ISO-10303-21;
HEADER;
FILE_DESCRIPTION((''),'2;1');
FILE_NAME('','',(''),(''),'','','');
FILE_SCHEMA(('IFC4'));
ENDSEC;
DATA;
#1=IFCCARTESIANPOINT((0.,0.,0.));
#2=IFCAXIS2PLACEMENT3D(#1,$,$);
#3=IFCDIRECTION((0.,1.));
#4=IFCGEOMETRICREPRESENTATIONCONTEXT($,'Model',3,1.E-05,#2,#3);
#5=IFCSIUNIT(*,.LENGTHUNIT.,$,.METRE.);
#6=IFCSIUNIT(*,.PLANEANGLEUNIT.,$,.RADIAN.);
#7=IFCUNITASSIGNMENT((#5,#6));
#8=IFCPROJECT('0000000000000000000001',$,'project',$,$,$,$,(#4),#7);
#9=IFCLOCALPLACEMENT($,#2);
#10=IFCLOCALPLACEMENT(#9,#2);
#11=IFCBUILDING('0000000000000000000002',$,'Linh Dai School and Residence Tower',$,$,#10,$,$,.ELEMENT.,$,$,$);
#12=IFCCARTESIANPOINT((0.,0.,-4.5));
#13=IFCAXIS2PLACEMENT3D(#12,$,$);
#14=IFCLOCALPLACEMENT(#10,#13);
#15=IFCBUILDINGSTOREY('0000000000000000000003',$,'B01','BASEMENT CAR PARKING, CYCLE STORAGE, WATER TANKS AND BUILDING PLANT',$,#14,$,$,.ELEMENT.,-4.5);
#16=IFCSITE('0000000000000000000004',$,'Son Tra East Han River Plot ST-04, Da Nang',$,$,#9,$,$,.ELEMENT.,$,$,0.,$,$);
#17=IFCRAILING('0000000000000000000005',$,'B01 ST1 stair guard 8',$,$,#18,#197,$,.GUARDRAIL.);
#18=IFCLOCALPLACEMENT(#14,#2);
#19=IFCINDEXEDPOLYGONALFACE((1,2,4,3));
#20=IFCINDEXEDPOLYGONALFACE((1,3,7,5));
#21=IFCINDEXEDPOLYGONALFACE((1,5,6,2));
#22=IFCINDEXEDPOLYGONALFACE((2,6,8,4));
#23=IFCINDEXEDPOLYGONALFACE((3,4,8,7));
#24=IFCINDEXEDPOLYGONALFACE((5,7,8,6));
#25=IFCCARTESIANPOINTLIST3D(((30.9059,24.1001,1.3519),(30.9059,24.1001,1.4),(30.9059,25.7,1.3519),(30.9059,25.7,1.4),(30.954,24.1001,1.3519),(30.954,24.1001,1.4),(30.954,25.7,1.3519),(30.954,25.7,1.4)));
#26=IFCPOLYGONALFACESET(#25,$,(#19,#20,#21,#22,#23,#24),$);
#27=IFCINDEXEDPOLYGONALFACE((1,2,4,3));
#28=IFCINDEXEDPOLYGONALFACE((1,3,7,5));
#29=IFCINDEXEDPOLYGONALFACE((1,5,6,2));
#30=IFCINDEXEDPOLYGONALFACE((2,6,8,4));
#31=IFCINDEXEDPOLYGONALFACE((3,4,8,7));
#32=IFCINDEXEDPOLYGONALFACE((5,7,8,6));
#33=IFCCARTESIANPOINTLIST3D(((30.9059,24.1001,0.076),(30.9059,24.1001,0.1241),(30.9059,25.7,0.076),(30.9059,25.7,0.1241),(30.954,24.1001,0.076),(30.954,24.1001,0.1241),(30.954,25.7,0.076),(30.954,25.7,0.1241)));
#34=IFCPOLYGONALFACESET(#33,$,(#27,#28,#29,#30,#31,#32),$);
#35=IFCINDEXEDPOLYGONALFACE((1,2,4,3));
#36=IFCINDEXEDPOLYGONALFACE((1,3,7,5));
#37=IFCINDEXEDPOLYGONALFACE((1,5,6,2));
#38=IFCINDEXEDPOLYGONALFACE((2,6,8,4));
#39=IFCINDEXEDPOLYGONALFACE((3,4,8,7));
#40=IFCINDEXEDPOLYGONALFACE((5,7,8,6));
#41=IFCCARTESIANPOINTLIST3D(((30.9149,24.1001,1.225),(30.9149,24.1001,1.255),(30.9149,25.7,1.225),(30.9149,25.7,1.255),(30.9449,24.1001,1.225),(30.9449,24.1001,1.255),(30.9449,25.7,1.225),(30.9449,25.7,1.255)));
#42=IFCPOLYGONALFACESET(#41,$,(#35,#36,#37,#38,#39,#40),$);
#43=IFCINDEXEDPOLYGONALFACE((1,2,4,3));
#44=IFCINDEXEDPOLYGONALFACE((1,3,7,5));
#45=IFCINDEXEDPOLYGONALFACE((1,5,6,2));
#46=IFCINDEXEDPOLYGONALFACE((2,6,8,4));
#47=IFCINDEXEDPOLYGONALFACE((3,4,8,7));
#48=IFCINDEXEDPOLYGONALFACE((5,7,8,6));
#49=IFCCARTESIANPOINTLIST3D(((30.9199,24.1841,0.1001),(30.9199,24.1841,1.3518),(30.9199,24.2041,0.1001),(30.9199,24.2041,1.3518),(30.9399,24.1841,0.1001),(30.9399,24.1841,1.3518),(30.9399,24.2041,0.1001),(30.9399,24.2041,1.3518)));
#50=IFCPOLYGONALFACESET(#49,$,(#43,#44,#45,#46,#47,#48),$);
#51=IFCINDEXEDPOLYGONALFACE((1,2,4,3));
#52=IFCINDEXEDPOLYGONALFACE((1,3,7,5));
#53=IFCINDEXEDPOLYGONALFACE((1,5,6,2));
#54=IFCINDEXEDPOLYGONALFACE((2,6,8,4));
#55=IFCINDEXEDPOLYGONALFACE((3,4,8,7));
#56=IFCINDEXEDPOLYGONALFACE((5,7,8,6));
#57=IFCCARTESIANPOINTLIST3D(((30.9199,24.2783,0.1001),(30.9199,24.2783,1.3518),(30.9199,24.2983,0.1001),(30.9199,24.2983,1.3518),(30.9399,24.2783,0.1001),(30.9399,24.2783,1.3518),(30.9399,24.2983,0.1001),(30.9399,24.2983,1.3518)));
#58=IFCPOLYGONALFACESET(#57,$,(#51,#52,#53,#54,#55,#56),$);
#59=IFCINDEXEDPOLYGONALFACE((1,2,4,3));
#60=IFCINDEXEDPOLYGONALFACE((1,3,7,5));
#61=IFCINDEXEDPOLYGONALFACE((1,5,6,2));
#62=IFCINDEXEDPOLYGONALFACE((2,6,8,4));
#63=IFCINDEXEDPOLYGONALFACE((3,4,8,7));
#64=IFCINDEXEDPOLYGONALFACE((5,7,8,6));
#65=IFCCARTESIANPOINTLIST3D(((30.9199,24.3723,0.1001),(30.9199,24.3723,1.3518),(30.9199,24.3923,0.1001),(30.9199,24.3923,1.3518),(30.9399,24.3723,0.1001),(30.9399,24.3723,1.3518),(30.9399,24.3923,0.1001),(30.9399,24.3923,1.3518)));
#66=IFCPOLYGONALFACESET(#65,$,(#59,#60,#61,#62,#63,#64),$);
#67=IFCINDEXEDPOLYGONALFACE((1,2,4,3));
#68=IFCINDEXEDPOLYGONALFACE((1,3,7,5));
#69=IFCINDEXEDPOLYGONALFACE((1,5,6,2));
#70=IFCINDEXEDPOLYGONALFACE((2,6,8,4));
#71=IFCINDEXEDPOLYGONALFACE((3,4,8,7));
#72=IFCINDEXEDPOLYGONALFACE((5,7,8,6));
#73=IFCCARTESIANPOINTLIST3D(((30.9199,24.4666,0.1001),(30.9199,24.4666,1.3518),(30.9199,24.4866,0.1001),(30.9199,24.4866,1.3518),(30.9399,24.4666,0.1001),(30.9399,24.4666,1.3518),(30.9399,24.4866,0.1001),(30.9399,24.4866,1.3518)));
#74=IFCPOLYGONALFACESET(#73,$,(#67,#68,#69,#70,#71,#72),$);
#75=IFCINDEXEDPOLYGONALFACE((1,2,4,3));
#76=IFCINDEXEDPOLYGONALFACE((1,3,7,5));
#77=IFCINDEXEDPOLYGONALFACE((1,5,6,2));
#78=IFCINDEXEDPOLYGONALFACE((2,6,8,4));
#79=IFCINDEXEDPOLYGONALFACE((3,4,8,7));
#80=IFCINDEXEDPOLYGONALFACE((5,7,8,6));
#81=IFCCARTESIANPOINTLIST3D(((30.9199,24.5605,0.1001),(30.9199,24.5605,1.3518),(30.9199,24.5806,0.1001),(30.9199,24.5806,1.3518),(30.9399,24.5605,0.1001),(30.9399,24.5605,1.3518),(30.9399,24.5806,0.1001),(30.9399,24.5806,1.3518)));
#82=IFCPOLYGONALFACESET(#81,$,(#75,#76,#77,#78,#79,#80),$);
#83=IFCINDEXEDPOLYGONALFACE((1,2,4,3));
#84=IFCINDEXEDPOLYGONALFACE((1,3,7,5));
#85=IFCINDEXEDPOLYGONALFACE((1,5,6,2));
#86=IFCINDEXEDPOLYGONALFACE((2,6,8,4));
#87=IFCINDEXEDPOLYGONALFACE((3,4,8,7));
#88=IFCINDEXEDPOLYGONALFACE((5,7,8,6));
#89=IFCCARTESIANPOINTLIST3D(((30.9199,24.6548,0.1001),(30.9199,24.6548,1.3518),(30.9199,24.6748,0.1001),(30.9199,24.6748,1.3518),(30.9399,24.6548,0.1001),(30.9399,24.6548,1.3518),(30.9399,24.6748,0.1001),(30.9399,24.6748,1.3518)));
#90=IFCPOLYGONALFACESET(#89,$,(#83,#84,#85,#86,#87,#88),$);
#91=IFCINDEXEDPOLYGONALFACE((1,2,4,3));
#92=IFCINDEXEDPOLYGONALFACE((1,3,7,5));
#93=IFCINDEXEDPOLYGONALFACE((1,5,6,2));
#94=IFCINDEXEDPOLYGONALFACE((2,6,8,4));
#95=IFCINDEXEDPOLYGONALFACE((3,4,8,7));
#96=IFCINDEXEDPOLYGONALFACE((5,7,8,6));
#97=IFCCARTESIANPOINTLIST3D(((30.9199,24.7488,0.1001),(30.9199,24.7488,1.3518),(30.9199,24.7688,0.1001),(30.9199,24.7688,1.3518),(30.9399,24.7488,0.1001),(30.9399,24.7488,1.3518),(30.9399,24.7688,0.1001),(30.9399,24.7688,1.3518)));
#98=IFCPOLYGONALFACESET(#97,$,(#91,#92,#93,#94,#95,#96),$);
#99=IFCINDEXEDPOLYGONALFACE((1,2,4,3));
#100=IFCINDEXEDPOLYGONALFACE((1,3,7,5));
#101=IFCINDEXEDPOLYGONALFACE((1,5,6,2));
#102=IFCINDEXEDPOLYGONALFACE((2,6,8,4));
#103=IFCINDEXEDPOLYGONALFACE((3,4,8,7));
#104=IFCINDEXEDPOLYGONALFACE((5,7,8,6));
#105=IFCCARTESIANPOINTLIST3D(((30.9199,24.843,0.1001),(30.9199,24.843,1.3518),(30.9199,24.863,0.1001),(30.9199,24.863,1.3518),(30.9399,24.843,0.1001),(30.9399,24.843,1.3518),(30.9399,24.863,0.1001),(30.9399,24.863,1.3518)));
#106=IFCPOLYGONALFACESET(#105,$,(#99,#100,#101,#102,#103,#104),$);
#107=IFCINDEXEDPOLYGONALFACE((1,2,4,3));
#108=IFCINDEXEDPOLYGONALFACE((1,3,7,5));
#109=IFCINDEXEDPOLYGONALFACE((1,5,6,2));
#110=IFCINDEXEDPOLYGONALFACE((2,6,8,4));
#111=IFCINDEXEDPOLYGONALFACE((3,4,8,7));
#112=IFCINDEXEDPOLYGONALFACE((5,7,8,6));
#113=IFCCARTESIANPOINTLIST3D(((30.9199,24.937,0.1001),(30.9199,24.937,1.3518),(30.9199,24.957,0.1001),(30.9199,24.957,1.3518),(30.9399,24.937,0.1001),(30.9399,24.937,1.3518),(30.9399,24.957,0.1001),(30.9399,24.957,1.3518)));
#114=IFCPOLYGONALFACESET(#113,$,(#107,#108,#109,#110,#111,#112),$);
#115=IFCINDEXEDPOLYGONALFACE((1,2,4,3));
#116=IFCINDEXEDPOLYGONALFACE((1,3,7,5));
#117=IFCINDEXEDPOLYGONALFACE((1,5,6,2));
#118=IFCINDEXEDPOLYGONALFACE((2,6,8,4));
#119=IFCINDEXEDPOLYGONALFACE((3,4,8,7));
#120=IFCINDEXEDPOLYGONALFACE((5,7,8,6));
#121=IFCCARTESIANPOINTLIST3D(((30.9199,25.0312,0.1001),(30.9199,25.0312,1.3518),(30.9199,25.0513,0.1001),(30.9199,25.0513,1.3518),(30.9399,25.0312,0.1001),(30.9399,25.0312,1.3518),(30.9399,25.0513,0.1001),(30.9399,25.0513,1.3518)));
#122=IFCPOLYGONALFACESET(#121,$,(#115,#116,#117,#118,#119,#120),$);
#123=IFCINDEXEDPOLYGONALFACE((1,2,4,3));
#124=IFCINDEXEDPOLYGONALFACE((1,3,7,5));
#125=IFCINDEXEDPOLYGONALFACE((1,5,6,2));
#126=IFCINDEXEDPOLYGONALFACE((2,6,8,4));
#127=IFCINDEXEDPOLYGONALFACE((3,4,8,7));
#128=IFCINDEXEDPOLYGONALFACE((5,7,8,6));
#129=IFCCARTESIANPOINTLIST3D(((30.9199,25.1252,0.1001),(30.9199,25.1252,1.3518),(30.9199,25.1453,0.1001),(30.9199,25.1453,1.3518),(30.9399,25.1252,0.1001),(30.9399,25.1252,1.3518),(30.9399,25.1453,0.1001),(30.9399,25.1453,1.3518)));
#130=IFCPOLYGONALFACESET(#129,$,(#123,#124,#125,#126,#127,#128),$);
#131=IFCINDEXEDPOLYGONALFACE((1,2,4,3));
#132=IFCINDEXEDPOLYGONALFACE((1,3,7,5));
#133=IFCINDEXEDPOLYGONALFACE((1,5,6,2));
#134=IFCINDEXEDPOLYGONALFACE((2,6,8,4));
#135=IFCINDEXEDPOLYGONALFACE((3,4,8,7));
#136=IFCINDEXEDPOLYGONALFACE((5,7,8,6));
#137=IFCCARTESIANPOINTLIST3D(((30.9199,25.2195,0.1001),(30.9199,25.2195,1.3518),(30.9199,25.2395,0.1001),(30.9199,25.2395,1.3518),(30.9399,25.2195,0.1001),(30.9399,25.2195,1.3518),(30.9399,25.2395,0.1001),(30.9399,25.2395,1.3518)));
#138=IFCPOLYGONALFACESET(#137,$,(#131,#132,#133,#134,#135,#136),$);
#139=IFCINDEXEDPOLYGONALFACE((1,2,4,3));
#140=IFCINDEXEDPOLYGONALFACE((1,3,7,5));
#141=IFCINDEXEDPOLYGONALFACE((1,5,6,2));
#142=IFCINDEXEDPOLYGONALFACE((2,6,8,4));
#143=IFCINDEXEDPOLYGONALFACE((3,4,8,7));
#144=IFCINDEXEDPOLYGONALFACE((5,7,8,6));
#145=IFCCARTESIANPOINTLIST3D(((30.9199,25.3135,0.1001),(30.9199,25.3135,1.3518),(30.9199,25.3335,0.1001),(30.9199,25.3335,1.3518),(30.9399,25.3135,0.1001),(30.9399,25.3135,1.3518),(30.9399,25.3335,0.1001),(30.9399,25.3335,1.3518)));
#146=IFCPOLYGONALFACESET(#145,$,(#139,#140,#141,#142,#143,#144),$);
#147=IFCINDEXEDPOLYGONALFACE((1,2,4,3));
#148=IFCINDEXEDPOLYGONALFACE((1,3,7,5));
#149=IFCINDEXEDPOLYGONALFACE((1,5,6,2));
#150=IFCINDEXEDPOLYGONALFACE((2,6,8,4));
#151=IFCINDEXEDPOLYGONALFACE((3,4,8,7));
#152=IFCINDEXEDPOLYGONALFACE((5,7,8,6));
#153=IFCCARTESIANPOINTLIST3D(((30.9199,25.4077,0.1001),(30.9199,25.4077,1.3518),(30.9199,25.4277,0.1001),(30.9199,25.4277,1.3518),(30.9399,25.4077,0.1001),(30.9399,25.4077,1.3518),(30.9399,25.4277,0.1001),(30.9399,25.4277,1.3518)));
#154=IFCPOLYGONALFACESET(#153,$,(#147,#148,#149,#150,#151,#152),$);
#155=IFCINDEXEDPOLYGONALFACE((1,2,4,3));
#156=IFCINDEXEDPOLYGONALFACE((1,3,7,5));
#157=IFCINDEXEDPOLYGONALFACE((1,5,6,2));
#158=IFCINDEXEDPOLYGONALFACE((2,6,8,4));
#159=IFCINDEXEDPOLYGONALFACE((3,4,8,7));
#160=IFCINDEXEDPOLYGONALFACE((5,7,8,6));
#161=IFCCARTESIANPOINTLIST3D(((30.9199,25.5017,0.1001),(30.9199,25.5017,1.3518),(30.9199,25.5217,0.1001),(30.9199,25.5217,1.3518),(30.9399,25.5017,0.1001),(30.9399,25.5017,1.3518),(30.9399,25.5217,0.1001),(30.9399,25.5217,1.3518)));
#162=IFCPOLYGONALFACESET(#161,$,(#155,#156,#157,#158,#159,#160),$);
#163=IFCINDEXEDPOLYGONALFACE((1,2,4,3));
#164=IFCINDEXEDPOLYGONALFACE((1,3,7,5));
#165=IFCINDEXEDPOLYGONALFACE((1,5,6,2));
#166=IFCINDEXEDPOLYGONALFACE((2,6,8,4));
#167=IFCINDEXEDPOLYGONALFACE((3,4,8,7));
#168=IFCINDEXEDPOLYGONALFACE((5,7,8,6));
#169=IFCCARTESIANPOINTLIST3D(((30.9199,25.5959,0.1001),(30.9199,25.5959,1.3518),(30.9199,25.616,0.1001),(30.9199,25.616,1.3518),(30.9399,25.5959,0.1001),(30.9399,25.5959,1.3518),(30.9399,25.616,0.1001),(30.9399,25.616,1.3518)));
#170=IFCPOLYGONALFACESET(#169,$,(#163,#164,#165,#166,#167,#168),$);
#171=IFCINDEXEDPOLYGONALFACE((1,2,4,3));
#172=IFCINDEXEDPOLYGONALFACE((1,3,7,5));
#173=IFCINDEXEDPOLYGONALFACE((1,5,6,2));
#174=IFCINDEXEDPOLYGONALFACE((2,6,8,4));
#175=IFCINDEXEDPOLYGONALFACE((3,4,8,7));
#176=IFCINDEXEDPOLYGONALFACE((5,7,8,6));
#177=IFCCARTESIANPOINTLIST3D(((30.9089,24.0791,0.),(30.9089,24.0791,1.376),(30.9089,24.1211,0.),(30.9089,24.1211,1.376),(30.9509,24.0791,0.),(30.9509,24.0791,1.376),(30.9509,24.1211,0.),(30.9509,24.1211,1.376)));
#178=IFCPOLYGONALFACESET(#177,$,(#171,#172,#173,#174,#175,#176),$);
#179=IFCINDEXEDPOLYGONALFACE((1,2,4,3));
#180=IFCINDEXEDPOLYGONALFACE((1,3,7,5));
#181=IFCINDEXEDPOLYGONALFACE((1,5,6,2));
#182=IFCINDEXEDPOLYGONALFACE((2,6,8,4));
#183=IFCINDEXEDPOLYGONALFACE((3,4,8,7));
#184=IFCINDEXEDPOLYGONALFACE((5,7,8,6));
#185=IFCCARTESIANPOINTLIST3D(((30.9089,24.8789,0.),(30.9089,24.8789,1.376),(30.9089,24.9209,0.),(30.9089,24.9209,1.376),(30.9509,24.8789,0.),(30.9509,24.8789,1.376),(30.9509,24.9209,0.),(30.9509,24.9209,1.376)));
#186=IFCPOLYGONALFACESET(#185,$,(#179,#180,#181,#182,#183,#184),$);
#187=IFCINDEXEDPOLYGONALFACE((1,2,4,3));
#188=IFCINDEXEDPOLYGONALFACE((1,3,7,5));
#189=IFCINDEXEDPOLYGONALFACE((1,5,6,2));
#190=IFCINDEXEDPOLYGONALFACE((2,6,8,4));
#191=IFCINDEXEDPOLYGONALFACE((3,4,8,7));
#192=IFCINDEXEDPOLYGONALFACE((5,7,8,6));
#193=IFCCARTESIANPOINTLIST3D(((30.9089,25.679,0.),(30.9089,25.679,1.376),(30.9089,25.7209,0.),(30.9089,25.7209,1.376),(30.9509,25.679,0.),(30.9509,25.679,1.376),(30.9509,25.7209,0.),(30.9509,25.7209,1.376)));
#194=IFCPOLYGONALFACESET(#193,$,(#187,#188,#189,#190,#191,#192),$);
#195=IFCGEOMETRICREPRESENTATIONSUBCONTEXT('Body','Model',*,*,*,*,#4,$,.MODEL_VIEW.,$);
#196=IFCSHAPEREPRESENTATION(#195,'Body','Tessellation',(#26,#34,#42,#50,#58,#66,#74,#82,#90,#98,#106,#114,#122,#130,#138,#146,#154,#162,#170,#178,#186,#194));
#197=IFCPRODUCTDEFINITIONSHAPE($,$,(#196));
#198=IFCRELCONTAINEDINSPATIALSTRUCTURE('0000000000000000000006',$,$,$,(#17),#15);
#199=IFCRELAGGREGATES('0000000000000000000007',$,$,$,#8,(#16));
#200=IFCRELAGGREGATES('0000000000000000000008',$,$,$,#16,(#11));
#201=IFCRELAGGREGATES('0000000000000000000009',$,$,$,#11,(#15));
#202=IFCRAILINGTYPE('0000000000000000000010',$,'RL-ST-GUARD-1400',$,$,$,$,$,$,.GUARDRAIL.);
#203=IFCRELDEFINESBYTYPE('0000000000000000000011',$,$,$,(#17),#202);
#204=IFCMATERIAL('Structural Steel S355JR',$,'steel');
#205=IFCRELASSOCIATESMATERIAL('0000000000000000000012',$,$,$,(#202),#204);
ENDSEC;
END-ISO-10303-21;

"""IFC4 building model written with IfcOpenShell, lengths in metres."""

from ifc_helpers import new_model, si_unit, direction, frame, origin, origin_2d, place, context, subcontext, project, spatial, rectangle, extrude, source, transform, mapped, material, type_object, element, save


model = new_model("IFC4")

# Units and contexts
model_context = context("Model", 3, precision=1e-05, world=origin(), true_north=direction((0.0, 1.0)))
body_context = subcontext(model_context, "Body", "Model", "MODEL_VIEW")
ifc_project = project(units=[si_unit("LENGTHUNIT", "METRE"), si_unit("PLANEANGLEUNIT", "RADIAN")], contexts=[model_context])

# Site, building, storey
site_placement = place(None, origin())
site = spatial("IfcSite", under=ifc_project, at=site_placement, Name="Son Tra East Han River Plot ST-04, Da Nang", CompositionType="ELEMENT", RefElevation=0.0)
building_placement = place(site_placement, origin())
building = spatial("IfcBuilding", under=site, at=building_placement, Name="Linh Dai School and Residence Tower", CompositionType="ELEMENT")
storey_placement = place(building_placement, frame((0.0, 0.0, -4.5)))
storey = spatial("IfcBuildingStorey", under=building, at=storey_placement, Name="B01", Description="BASEMENT CAR PARKING, CYCLE STORAGE, WATER TANKS AND BUILDING PLANT", CompositionType="ELEMENT", Elevation=-4.5)

# Shared definitions
ifc_material_1 = material(Name="Structural Steel S355JR", Category="steel")

# Railing
railing_type_1 = type_object("IfcRailingType", Name="RL-ST-GUARD-1400", PredefinedType="GUARDRAIL", material=ifc_material_1)
shared_shape_1 = source(origin(), body_context, "Body", "SweptSolid", [
    extrude(rectangle(XDim=0.0481, YDim=0.0481, at=origin_2d()), frame((0.0, 0.0, 1.376), z_axis=(0.0, 1.0, 0.0), x_axis=(-1.0, 0.0, 0.0)), (0.0, 0.0, 1.0), 1.5999),
    extrude(rectangle(XDim=0.0481, YDim=0.0481, at=origin_2d()), frame((0.0, 0.0, 0.1001), z_axis=(0.0, 1.0, 0.0), x_axis=(-1.0, 0.0, 0.0)), (0.0, 0.0, 1.0), 1.5999),
    extrude(rectangle(XDim=0.03, YDim=0.03, at=origin_2d()), frame((0.0, 0.0, 1.24), z_axis=(0.0, 1.0, 0.0), x_axis=(-1.0, 0.0, 0.0)), (0.0, 0.0, 1.0), 1.5999),
    extrude(rectangle(XDim=0.02, YDim=0.02, at=origin_2d()), frame((0.0, 0.094, 0.1001)), (0.0, 0.0, 1.0), 1.2517),
    extrude(rectangle(XDim=0.02, YDim=0.02, at=origin_2d()), frame((0.0, 0.1882, 0.1001)), (0.0, 0.0, 1.0), 1.2517),
    extrude(rectangle(XDim=0.02, YDim=0.02, at=origin_2d()), frame((0.0, 0.2822, 0.1001)), (0.0, 0.0, 1.0), 1.2517),
    extrude(rectangle(XDim=0.02, YDim=0.02, at=origin_2d()), frame((0.0, 0.3765, 0.1001)), (0.0, 0.0, 1.0), 1.2517),
    extrude(rectangle(XDim=0.02, YDim=0.02, at=origin_2d()), frame((0.0, 0.4705, 0.1001)), (0.0, 0.0, 1.0), 1.2517),
    extrude(rectangle(XDim=0.02, YDim=0.02, at=origin_2d()), frame((0.0, 0.5647, 0.1001)), (0.0, 0.0, 1.0), 1.2517),
    extrude(rectangle(XDim=0.02, YDim=0.02, at=origin_2d()), frame((0.0, 0.6587, 0.1001)), (0.0, 0.0, 1.0), 1.2517),
    extrude(rectangle(XDim=0.02, YDim=0.02, at=origin_2d()), frame((0.0, 0.7529, 0.1001)), (0.0, 0.0, 1.0), 1.2517),
    extrude(rectangle(XDim=0.02, YDim=0.02, at=origin_2d()), frame((0.0, 0.8469, 0.1001)), (0.0, 0.0, 1.0), 1.2517),
    extrude(rectangle(XDim=0.02, YDim=0.02, at=origin_2d()), frame((0.0, 0.9412, 0.1001)), (0.0, 0.0, 1.0), 1.2517),
    extrude(rectangle(XDim=0.02, YDim=0.02, at=origin_2d()), frame((0.0, 1.0352, 0.1001)), (0.0, 0.0, 1.0), 1.2517),
    extrude(rectangle(XDim=0.02, YDim=0.02, at=origin_2d()), frame((0.0, 1.1294, 0.1001)), (0.0, 0.0, 1.0), 1.2517),
    extrude(rectangle(XDim=0.02, YDim=0.02, at=origin_2d()), frame((0.0, 1.2234, 0.1001)), (0.0, 0.0, 1.0), 1.2517),
    extrude(rectangle(XDim=0.02, YDim=0.02, at=origin_2d()), frame((0.0, 1.3176, 0.1001)), (0.0, 0.0, 1.0), 1.2517),
    extrude(rectangle(XDim=0.02, YDim=0.02, at=origin_2d()), frame((0.0, 1.4116, 0.1001)), (0.0, 0.0, 1.0), 1.2517),
    extrude(rectangle(XDim=0.02, YDim=0.02, at=origin_2d()), frame((0.0, 1.5059, 0.1001)), (0.0, 0.0, 1.0), 1.2517),
    extrude(rectangle(XDim=0.042, YDim=0.042, at=origin_2d()), origin(), (0.0, 0.0, 1.0), 1.376),
    extrude(rectangle(XDim=0.042, YDim=0.042, at=origin_2d()), frame((0.0, 0.7998, 0.0)), (0.0, 0.0, 1.0), 1.376),
    extrude(rectangle(XDim=0.042, YDim=0.042, at=origin_2d()), frame((0.0, 1.5999, 0.0)), (0.0, 0.0, 1.0), 1.376),
])
for number, where, name in (
    (1, (30.9299, 24.1001, 0.0), "B01 ST1 stair guard 8"),
):
    element("IfcRailing", number, at=place(storey_placement, frame(where)), inside=storey, type_object=railing_type_1, Name=name, PredefinedType="GUARDRAIL", context=body_context, shape_type="MappedRepresentation", body=[
        mapped(shared_shape_1, transform((0.0, 0.0, 0.0), x_axis=(1.0, 0.0, 0.0), y_axis=(0.0, 1.0, 0.0), z_axis=(0.0, 0.0, 1.0), scale=1.0)),
    ])

save(model, "model.ifc")
